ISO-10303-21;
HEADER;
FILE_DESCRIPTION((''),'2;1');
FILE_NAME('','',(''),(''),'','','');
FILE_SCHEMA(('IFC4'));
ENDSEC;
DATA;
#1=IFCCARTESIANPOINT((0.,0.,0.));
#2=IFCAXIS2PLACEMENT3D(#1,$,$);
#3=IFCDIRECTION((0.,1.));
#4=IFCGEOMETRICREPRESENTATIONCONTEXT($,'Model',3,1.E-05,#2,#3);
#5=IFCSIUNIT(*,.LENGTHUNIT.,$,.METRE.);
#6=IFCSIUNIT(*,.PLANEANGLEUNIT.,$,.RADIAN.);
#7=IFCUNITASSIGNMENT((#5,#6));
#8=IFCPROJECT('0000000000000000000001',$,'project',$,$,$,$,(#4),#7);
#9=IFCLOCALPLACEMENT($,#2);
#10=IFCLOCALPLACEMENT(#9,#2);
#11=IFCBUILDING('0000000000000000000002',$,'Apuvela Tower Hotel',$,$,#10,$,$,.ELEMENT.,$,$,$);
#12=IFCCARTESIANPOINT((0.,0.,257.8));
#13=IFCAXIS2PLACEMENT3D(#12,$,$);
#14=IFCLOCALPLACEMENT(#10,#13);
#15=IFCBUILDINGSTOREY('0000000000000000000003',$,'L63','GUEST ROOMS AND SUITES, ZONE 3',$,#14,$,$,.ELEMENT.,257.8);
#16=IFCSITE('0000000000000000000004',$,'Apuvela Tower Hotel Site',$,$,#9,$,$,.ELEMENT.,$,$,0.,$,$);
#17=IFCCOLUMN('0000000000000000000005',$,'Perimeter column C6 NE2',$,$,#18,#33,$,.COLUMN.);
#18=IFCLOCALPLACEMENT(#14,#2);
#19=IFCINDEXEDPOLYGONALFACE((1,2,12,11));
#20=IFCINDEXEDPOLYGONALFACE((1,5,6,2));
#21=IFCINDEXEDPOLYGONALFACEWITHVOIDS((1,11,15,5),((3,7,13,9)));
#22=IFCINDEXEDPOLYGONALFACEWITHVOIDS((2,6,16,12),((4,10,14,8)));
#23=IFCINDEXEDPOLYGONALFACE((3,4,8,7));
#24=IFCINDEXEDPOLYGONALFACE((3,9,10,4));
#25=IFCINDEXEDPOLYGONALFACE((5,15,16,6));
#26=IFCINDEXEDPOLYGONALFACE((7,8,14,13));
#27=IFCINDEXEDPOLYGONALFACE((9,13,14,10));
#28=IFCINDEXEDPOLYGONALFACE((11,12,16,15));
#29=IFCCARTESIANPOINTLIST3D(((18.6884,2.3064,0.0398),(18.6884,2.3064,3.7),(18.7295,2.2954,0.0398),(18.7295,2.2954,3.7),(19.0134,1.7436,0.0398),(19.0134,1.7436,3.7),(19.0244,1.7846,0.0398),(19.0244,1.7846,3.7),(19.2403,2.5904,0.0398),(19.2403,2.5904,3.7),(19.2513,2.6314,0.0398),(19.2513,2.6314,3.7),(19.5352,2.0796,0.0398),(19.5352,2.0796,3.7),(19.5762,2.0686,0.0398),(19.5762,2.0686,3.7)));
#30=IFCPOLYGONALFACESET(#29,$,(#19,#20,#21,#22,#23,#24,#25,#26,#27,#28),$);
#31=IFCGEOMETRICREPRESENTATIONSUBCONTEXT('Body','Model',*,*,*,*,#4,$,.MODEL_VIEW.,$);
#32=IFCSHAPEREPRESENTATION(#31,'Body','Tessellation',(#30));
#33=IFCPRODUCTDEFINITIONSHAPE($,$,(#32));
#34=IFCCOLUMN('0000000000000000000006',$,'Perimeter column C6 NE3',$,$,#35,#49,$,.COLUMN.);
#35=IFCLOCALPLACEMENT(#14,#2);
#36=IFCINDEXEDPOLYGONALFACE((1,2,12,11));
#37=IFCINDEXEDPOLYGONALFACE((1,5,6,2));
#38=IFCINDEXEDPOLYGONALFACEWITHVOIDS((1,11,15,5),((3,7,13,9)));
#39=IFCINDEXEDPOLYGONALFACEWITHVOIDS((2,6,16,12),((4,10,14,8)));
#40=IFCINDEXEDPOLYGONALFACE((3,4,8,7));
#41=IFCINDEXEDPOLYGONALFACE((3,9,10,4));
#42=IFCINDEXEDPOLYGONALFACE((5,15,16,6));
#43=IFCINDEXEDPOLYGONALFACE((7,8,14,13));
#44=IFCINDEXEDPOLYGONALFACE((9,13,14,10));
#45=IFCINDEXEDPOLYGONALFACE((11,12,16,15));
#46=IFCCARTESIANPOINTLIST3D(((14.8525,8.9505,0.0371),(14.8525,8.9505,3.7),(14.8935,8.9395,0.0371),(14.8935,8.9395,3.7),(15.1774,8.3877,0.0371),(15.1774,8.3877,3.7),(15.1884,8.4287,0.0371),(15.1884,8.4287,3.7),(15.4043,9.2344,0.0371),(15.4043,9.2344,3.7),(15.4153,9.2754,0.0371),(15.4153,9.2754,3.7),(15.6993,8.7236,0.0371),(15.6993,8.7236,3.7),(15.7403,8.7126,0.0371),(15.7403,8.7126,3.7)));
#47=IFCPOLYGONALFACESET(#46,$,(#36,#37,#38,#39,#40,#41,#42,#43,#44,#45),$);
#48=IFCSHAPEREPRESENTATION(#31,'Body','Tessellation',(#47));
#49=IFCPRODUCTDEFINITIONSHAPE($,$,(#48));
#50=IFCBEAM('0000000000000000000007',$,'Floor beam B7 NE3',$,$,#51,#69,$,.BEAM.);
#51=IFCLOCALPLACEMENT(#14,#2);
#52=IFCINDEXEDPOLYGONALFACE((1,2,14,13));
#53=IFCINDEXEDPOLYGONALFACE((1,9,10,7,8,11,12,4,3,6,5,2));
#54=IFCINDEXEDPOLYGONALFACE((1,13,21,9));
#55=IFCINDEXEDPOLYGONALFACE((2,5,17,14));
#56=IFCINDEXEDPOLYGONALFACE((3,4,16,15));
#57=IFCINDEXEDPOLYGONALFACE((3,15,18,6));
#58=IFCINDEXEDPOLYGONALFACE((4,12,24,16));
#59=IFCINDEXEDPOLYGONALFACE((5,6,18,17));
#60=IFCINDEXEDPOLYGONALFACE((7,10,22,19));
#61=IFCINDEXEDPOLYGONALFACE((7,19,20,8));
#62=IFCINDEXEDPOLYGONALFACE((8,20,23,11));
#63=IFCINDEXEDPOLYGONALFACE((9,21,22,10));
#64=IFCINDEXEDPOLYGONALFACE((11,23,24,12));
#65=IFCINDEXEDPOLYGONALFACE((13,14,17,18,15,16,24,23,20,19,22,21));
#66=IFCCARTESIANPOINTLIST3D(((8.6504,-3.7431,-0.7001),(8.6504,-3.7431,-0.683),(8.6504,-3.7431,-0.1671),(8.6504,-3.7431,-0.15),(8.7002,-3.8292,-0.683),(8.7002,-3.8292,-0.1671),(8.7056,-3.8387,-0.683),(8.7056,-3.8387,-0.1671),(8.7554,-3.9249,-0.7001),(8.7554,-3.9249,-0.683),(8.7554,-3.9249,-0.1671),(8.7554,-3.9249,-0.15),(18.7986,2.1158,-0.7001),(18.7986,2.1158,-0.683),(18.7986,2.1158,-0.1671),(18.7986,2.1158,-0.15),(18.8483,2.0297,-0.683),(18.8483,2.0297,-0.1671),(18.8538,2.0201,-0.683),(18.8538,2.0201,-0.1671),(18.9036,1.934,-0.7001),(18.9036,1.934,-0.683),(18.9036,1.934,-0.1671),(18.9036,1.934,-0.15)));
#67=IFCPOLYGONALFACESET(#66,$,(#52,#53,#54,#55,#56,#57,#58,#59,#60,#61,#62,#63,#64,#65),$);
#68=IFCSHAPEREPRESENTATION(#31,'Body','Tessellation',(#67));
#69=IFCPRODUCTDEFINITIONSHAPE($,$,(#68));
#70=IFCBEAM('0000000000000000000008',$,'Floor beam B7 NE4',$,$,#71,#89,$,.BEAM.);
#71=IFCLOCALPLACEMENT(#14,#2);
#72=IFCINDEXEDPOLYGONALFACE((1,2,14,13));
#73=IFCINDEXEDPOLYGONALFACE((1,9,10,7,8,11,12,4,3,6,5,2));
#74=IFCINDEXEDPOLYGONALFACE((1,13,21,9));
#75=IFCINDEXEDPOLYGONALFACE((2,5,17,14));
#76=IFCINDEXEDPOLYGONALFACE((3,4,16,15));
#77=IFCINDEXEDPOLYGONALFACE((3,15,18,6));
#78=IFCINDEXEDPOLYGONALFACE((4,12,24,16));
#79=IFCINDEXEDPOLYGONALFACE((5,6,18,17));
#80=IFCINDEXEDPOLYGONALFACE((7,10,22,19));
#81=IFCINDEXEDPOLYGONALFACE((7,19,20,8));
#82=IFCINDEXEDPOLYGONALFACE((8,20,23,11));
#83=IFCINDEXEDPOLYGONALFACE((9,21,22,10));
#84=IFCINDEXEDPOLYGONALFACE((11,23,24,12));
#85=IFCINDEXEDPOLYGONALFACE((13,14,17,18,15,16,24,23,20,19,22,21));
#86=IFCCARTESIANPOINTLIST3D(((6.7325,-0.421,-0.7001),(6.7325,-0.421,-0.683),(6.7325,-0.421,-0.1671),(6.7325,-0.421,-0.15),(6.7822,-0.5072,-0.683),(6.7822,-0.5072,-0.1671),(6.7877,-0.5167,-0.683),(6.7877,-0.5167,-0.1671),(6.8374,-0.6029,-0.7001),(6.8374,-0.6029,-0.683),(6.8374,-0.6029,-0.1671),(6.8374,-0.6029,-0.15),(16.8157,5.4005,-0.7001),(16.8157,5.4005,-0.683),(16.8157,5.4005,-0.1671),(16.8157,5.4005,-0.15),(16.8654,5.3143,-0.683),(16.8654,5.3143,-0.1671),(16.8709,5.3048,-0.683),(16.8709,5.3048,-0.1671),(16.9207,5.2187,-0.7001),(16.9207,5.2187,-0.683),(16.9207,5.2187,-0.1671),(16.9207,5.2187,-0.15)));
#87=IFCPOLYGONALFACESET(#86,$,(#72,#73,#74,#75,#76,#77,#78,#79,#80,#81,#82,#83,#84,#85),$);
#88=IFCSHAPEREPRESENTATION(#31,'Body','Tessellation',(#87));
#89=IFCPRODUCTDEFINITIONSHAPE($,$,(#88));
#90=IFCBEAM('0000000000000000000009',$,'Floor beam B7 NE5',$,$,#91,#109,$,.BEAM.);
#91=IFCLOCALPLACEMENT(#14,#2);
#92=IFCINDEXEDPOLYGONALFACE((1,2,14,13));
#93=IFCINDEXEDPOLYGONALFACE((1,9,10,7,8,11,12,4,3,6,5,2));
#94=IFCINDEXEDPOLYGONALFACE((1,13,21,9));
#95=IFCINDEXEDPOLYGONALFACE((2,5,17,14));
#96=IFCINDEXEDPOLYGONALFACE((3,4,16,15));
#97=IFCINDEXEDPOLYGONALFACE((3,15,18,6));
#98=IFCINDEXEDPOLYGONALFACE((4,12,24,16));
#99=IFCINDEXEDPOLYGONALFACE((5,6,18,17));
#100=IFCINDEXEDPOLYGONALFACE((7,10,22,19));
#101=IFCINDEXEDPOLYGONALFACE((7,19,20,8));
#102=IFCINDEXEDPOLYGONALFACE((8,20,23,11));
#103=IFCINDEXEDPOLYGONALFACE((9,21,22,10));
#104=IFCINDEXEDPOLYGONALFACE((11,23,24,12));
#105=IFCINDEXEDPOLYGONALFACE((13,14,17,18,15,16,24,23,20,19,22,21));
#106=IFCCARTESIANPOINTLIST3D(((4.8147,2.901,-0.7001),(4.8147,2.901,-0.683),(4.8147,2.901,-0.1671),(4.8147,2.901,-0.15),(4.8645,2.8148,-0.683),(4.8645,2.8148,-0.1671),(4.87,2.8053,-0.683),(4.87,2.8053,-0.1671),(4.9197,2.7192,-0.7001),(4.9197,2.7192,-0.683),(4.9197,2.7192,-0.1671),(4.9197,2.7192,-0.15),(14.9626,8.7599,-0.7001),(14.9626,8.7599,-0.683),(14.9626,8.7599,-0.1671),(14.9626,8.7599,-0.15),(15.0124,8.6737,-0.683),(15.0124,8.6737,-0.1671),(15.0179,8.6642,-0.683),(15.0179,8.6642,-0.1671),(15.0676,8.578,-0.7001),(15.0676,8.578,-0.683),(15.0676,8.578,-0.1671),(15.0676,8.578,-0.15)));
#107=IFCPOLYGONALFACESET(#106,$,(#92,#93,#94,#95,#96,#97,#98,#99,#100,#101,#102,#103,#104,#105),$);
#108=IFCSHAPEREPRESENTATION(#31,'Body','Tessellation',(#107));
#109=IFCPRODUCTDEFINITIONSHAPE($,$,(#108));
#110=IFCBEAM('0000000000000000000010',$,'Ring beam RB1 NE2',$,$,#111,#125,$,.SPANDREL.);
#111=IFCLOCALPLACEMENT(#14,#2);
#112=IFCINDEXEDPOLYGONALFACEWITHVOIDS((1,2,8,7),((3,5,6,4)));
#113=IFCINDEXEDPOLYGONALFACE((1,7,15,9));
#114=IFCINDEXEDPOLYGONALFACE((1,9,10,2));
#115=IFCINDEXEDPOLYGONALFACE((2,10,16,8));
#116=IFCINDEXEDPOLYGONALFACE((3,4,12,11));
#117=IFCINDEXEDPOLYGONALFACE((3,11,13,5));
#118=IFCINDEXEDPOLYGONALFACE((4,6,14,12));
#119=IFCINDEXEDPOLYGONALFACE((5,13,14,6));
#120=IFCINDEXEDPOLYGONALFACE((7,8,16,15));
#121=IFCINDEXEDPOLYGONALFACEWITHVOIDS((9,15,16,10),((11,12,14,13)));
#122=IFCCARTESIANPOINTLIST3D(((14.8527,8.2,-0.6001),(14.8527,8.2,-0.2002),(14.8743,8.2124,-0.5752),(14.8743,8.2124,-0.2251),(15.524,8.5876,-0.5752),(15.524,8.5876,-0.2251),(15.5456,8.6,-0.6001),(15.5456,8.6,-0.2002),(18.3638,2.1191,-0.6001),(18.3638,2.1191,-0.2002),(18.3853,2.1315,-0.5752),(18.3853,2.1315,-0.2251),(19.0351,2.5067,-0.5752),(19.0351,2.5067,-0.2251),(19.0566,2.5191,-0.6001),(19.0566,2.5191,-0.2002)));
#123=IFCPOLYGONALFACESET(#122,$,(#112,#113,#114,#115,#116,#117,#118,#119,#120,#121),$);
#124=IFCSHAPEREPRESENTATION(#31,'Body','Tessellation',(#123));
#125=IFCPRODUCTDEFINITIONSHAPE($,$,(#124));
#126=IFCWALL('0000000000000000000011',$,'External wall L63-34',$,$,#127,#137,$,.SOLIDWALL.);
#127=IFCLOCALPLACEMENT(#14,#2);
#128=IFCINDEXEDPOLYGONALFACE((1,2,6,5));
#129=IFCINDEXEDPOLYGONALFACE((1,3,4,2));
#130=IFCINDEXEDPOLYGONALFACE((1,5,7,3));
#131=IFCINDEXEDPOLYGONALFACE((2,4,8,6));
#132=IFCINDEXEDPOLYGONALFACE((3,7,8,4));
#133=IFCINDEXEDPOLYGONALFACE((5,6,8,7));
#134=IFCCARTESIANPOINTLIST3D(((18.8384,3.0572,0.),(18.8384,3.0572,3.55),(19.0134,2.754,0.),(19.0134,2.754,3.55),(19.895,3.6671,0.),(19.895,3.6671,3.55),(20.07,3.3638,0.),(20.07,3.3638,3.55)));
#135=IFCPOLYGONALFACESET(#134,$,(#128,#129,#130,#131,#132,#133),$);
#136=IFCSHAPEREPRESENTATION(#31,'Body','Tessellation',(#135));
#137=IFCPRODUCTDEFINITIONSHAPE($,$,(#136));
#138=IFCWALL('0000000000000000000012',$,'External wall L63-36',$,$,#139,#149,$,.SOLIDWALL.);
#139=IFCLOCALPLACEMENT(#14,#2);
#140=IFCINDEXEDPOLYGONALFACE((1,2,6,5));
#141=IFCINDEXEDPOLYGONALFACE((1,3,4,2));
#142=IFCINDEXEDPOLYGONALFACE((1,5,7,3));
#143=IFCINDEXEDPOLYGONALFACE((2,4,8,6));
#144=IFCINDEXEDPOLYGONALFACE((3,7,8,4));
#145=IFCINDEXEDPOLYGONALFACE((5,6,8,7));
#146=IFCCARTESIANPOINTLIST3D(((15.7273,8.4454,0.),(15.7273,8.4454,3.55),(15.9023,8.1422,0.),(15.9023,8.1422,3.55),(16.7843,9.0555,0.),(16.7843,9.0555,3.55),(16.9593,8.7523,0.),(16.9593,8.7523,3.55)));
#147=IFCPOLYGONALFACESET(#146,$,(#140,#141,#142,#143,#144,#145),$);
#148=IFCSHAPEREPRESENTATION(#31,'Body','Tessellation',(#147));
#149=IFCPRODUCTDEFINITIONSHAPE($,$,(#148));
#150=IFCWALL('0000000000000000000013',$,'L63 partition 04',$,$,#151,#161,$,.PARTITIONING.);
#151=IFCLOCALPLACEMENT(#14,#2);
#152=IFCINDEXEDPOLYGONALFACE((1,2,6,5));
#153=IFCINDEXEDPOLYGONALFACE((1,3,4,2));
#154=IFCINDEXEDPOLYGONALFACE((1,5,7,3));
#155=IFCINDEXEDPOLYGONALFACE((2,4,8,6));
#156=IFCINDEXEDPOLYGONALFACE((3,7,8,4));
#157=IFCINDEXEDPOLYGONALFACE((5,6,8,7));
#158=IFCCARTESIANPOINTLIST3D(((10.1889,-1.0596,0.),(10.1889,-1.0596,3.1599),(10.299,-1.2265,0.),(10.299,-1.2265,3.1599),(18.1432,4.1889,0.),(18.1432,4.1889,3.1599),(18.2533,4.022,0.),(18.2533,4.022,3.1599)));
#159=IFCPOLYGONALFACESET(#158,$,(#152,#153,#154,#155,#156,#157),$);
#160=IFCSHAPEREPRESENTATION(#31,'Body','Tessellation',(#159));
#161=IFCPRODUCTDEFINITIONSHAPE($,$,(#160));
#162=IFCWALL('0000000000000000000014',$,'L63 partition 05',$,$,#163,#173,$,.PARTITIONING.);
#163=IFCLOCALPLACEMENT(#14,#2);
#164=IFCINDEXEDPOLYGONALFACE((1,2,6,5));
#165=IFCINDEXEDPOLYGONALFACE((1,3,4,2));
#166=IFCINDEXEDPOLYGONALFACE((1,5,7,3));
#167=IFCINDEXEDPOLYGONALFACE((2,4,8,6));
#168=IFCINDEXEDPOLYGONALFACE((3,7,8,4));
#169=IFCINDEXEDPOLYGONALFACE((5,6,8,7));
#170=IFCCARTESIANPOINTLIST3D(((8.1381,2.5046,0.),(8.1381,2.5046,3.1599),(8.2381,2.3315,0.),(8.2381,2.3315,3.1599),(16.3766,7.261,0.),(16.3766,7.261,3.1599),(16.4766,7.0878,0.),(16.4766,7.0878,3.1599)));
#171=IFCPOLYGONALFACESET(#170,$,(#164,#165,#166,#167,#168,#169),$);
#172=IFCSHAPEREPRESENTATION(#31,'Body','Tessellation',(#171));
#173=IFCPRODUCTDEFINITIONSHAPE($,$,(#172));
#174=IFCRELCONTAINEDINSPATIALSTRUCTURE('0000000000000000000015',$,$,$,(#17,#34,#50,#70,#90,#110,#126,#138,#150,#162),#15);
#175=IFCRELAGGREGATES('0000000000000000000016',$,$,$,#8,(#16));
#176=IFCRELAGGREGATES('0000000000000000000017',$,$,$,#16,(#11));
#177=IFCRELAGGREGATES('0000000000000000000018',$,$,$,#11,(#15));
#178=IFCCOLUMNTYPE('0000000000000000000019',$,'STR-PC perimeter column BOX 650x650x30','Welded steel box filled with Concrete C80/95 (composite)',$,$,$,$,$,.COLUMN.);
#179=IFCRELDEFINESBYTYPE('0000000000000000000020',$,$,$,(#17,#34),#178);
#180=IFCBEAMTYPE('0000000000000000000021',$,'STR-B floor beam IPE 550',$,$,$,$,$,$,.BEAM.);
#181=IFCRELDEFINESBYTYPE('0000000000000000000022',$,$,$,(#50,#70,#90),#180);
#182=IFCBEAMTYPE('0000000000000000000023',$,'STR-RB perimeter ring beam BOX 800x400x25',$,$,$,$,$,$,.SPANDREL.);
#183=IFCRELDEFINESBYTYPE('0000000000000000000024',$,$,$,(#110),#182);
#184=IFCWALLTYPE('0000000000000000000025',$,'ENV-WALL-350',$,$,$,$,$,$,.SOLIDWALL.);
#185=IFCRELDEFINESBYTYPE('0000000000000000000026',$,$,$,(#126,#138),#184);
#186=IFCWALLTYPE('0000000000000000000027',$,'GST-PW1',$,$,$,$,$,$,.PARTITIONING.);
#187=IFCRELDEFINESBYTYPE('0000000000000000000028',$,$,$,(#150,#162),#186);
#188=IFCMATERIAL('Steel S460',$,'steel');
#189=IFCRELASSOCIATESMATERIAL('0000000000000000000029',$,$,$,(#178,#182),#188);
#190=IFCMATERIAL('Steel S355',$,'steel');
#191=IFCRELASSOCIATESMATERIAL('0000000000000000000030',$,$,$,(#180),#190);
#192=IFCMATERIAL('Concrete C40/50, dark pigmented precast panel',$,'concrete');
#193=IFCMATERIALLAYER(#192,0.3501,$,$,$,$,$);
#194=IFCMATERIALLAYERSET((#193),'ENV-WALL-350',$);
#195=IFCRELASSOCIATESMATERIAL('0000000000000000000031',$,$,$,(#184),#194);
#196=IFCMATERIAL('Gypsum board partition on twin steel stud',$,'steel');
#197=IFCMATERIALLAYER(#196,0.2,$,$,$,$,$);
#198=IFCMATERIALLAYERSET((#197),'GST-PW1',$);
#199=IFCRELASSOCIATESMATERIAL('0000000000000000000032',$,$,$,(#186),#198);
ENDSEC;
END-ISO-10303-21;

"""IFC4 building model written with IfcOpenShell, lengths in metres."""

from ifc_helpers import new_model, si_unit, direction, frame, frame_2d, origin, origin_2d, place, context, subcontext, project, spatial, rectangle, hollow_rectangle, i_section, extrude, boolean, halfspace, material, layer, layer_set, material_profile, profile_set, type_object, element, save


model = new_model("IFC4")

# Units and contexts
model_context = context("Model", 3, precision=1e-05, world=origin(), true_north=direction((0.0, 1.0)))
body_context = subcontext(model_context, "Body", "Model", "MODEL_VIEW")
ifc_project = project(units=[si_unit("LENGTHUNIT", "METRE"), si_unit("PLANEANGLEUNIT", "RADIAN")], contexts=[model_context])

# Site, building, storey
site_placement = place(None, origin())
site = spatial("IfcSite", under=ifc_project, at=site_placement, Name="Apuvela Tower Hotel Site", CompositionType="ELEMENT", RefElevation=0.0)
building_placement = place(site_placement, origin())
building = spatial("IfcBuilding", under=site, at=building_placement, Name="Apuvela Tower Hotel", CompositionType="ELEMENT")
storey_placement = place(building_placement, frame((0.0, 0.0, 257.8)))
storey = spatial("IfcBuildingStorey", under=building, at=storey_placement, Name="L63", Description="GUEST ROOMS AND SUITES, ZONE 3", CompositionType="ELEMENT", Elevation=257.8)

# Columns
ifc_material_1 = material(Name="Steel S460", Category="steel")
ifc_material_profile_1 = material_profile(ifc_material_1, hollow_rectangle(XDim=0.6499, YDim=0.6499, WallThickness=0.03, at=origin_2d()), Name="BOX 650x650x30")
ifc_material_2 = material(Name="Concrete C80/95", Category="concrete")
ifc_material_profile_2 = material_profile(ifc_material_2, rectangle(XDim=0.5901, YDim=0.5901, at=origin_2d()), Name="Concrete C80/95 infill")
ifc_profile_set_1 = profile_set([ifc_material_profile_1, ifc_material_profile_2], Name="Steel S460")
column_type = type_object("IfcColumnType", Name="STR-PC perimeter column BOX 650x650x30", Description="Welded steel box filled with Concrete C80/95 (composite)", PredefinedType="COLUMN", material=ifc_profile_set_1)
column_1_placement = place(storey_placement, frame((19.1323, 2.1875, 0.0), z_axis=(0.0, 0.0, 1.0), x_axis=(-0.5, 0.866025, 0.0)))
element("IfcColumn", 1, at=column_1_placement, inside=storey, type_object=column_type, Name="Perimeter column C6 NE2", PredefinedType="COLUMN", context=body_context, shape_type="SweptSolid", body=[
    boolean("DIFFERENCE", extrude(hollow_rectangle(XDim=0.6499, YDim=0.6499, WallThickness=0.03, at=origin_2d()), origin(), (0.0, 0.0, 1.0), 3.7), halfspace(frame((0.0, 0.0, 0.0398), z_axis=(0.0, 0.0, 1.0), x_axis=(1.0, 0.0, 0.0)), True)),
])
column_2_placement = place(storey_placement, frame((15.2964, 8.8315, 0.0), z_axis=(0.0, 0.0, 1.0), x_axis=(-0.5, 0.866025, 0.0)))
element("IfcColumn", 2, at=column_2_placement, inside=storey, type_object=column_type, Name="Perimeter column C6 NE3", PredefinedType="COLUMN", context=body_context, shape_type="SweptSolid", body=[
    boolean("DIFFERENCE", extrude(hollow_rectangle(XDim=0.6499, YDim=0.6499, WallThickness=0.03, at=origin_2d()), origin(), (0.0, 0.0, 1.0), 3.7), halfspace(frame((0.0, 0.0, 0.0371), z_axis=(0.0, 0.0, 1.0), x_axis=(1.0, 0.0, 0.0)), True)),
])

# Beams
ifc_material_3 = material(Name="Steel S355", Category="steel")
ifc_material_profile_3 = material_profile(ifc_material_3, i_section(OverallWidth=0.21, OverallDepth=0.55, WebThickness=0.011, FlangeThickness=0.0171, at=origin_2d()), Name="IPE 550")
ifc_profile_set_2 = profile_set([ifc_material_profile_3], Name="Steel S355")
beam_type_1 = type_object("IfcBeamType", Name="STR-B floor beam IPE 550", PredefinedType="BEAM", material=ifc_profile_set_2)
beam_1_placement = place(storey_placement, frame((18.8511, 2.0249, -0.425), z_axis=(-0.866032, -0.499989, 0.0), x_axis=(0.499989, -0.866032, 0.0)))
element("IfcBeam", 3, at=beam_1_placement, inside=storey, type_object=beam_type_1, Name="Floor beam B7 NE3", PredefinedType="BEAM", context=body_context, shape_type="SweptSolid", body=[
    extrude(i_section(OverallWidth=0.21, OverallDepth=0.55, WebThickness=0.011, FlangeThickness=0.0171, at=origin_2d()), origin(), (0.0, 0.0, 1.0), 11.718),
])
beam_2_placement = place(storey_placement, frame((16.8682, 5.3096, -0.425), z_axis=(-0.866027, -0.499998, 0.0), x_axis=(0.499998, -0.866027, 0.0)))
element("IfcBeam", 4, at=beam_2_placement, inside=storey, type_object=beam_type_1, Name="Floor beam B7 NE4", PredefinedType="BEAM", context=body_context, shape_type="SweptSolid", body=[
    extrude(i_section(OverallWidth=0.21, OverallDepth=0.55, WebThickness=0.011, FlangeThickness=0.0171, at=origin_2d()), origin(), (0.0, 0.0, 1.0), 11.6431),
])
beam_3_placement = place(storey_placement, frame((15.0151, 8.6689, -0.425), z_axis=(-0.866027, -0.499998, 0.0), x_axis=(0.499998, -0.866027, 0.0)))
element("IfcBeam", 5, at=beam_3_placement, inside=storey, type_object=beam_type_1, Name="Floor beam B7 NE5", PredefinedType="BEAM", context=body_context, shape_type="SweptSolid", body=[
    extrude(i_section(OverallWidth=0.21, OverallDepth=0.55, WebThickness=0.011, FlangeThickness=0.0171, at=origin_2d()), origin(), (0.0, 0.0, 1.0), 11.7178),
])
ifc_material_profile_4 = material_profile(ifc_material_1, hollow_rectangle(XDim=0.8, YDim=0.3999, WallThickness=0.0249, at=origin_2d()), Name="BOX 800x400x25")
ifc_profile_set_3 = profile_set([ifc_material_profile_4], Name="Steel S460")
beam_type_2 = type_object("IfcBeamType", Name="STR-RB perimeter ring beam BOX 800x400x25", PredefinedType="SPANDREL", material=ifc_profile_set_3)
beam_4_placement = place(storey_placement, frame((18.7102, 2.3191, -0.4001), z_axis=(-0.500024, 0.866011, 0.0), x_axis=(-0.866011, -0.500024, 0.0)))
element("IfcBeam", 6, at=beam_4_placement, inside=storey, type_object=beam_type_2, Name="Ring beam RB1 NE2", PredefinedType="SPANDREL", context=body_context, shape_type="SweptSolid", body=[
    extrude(hollow_rectangle(XDim=0.8, YDim=0.3999, WallThickness=0.0249, at=origin_2d()), origin(), (0.0, 0.0, 1.0), 7.0217),
])

# Wall
ifc_material_4 = material(Name="Concrete C40/50, dark pigmented precast panel", Category="concrete")
ifc_layer_1 = layer(ifc_material_4, 0.3501)
ifc_layer_set_1 = layer_set([ifc_layer_1], Name="ENV-WALL-350")
wall_type_1 = type_object("IfcWallType", Name="ENV-WALL-350", PredefinedType="SOLIDWALL", material=ifc_layer_set_1)
wall_1_placement = place(storey_placement, frame((19.9824, 3.5154, 0.0), z_axis=(0.0, 0.0, 1.0), x_axis=(-0.866092, -0.499884, 0.0)))
element("IfcWall", 7, at=wall_1_placement, inside=storey, type_object=wall_type_1, Name="External wall L63-34", PredefinedType="SOLIDWALL", context=body_context, shape_type="SweptSolid", body=[
    extrude(rectangle(XDim=1.22, YDim=0.3501, at=frame_2d((0.6099, 0.0))), origin(), (0.0, 0.0, 1.0), 3.55),
])

# Wall
wall_2_placement = place(storey_placement, frame((15.8147, 8.2937, 0.0), z_axis=(0.0, 0.0, 1.0), x_axis=(0.866056, 0.499948, 0.0)))
element("IfcWall", 8, at=wall_2_placement, inside=storey, type_object=wall_type_1, Name="External wall L63-36", PredefinedType="SOLIDWALL", context=body_context, shape_type="SweptSolid", body=[
    extrude(rectangle(XDim=1.2205, YDim=0.3501, at=frame_2d((0.6104, 0.0))), origin(), (0.0, 0.0, 1.0), 3.55),
])

# Walls
ifc_material_5 = material(Name="Gypsum board partition on twin steel stud", Category="steel")
ifc_layer_2 = layer(ifc_material_5, 0.2)
ifc_layer_set_2 = layer_set([ifc_layer_2], Name="GST-PW1")
wall_type_2 = type_object("IfcWallType", Name="GST-PW1", PredefinedType="PARTITIONING", material=ifc_layer_set_2)
wall_3_placement = place(storey_placement, frame((18.1982, 4.1055, 0.0), z_axis=(0.0, 0.0, 1.0), x_axis=(-0.834674, -0.550745, 0.0)))
element("IfcWall", 9, at=wall_3_placement, inside=storey, type_object=wall_type_2, Name="L63 partition 04", PredefinedType="PARTITIONING", context=body_context, shape_type="SweptSolid", body=[
    extrude(rectangle(XDim=9.5298, YDim=0.2, at=frame_2d((4.7649, 0.0))), origin(), (0.0, 0.0, 1.0), 3.1599),
])
wall_4_placement = place(storey_placement, frame((16.4265, 7.1743, 0.0), z_axis=(0.0, 0.0, 1.0), x_axis=(-0.866033, -0.499987, 0.0)))
element("IfcWall", 10, at=wall_4_placement, inside=storey, type_object=wall_type_2, Name="L63 partition 05", PredefinedType="PARTITIONING", context=body_context, shape_type="SweptSolid", body=[
    extrude(rectangle(XDim=9.5129, YDim=0.2, at=frame_2d((4.7563, 0.0))), origin(), (0.0, 0.0, 1.0), 3.1599),
])

save(model, "model.ifc")
